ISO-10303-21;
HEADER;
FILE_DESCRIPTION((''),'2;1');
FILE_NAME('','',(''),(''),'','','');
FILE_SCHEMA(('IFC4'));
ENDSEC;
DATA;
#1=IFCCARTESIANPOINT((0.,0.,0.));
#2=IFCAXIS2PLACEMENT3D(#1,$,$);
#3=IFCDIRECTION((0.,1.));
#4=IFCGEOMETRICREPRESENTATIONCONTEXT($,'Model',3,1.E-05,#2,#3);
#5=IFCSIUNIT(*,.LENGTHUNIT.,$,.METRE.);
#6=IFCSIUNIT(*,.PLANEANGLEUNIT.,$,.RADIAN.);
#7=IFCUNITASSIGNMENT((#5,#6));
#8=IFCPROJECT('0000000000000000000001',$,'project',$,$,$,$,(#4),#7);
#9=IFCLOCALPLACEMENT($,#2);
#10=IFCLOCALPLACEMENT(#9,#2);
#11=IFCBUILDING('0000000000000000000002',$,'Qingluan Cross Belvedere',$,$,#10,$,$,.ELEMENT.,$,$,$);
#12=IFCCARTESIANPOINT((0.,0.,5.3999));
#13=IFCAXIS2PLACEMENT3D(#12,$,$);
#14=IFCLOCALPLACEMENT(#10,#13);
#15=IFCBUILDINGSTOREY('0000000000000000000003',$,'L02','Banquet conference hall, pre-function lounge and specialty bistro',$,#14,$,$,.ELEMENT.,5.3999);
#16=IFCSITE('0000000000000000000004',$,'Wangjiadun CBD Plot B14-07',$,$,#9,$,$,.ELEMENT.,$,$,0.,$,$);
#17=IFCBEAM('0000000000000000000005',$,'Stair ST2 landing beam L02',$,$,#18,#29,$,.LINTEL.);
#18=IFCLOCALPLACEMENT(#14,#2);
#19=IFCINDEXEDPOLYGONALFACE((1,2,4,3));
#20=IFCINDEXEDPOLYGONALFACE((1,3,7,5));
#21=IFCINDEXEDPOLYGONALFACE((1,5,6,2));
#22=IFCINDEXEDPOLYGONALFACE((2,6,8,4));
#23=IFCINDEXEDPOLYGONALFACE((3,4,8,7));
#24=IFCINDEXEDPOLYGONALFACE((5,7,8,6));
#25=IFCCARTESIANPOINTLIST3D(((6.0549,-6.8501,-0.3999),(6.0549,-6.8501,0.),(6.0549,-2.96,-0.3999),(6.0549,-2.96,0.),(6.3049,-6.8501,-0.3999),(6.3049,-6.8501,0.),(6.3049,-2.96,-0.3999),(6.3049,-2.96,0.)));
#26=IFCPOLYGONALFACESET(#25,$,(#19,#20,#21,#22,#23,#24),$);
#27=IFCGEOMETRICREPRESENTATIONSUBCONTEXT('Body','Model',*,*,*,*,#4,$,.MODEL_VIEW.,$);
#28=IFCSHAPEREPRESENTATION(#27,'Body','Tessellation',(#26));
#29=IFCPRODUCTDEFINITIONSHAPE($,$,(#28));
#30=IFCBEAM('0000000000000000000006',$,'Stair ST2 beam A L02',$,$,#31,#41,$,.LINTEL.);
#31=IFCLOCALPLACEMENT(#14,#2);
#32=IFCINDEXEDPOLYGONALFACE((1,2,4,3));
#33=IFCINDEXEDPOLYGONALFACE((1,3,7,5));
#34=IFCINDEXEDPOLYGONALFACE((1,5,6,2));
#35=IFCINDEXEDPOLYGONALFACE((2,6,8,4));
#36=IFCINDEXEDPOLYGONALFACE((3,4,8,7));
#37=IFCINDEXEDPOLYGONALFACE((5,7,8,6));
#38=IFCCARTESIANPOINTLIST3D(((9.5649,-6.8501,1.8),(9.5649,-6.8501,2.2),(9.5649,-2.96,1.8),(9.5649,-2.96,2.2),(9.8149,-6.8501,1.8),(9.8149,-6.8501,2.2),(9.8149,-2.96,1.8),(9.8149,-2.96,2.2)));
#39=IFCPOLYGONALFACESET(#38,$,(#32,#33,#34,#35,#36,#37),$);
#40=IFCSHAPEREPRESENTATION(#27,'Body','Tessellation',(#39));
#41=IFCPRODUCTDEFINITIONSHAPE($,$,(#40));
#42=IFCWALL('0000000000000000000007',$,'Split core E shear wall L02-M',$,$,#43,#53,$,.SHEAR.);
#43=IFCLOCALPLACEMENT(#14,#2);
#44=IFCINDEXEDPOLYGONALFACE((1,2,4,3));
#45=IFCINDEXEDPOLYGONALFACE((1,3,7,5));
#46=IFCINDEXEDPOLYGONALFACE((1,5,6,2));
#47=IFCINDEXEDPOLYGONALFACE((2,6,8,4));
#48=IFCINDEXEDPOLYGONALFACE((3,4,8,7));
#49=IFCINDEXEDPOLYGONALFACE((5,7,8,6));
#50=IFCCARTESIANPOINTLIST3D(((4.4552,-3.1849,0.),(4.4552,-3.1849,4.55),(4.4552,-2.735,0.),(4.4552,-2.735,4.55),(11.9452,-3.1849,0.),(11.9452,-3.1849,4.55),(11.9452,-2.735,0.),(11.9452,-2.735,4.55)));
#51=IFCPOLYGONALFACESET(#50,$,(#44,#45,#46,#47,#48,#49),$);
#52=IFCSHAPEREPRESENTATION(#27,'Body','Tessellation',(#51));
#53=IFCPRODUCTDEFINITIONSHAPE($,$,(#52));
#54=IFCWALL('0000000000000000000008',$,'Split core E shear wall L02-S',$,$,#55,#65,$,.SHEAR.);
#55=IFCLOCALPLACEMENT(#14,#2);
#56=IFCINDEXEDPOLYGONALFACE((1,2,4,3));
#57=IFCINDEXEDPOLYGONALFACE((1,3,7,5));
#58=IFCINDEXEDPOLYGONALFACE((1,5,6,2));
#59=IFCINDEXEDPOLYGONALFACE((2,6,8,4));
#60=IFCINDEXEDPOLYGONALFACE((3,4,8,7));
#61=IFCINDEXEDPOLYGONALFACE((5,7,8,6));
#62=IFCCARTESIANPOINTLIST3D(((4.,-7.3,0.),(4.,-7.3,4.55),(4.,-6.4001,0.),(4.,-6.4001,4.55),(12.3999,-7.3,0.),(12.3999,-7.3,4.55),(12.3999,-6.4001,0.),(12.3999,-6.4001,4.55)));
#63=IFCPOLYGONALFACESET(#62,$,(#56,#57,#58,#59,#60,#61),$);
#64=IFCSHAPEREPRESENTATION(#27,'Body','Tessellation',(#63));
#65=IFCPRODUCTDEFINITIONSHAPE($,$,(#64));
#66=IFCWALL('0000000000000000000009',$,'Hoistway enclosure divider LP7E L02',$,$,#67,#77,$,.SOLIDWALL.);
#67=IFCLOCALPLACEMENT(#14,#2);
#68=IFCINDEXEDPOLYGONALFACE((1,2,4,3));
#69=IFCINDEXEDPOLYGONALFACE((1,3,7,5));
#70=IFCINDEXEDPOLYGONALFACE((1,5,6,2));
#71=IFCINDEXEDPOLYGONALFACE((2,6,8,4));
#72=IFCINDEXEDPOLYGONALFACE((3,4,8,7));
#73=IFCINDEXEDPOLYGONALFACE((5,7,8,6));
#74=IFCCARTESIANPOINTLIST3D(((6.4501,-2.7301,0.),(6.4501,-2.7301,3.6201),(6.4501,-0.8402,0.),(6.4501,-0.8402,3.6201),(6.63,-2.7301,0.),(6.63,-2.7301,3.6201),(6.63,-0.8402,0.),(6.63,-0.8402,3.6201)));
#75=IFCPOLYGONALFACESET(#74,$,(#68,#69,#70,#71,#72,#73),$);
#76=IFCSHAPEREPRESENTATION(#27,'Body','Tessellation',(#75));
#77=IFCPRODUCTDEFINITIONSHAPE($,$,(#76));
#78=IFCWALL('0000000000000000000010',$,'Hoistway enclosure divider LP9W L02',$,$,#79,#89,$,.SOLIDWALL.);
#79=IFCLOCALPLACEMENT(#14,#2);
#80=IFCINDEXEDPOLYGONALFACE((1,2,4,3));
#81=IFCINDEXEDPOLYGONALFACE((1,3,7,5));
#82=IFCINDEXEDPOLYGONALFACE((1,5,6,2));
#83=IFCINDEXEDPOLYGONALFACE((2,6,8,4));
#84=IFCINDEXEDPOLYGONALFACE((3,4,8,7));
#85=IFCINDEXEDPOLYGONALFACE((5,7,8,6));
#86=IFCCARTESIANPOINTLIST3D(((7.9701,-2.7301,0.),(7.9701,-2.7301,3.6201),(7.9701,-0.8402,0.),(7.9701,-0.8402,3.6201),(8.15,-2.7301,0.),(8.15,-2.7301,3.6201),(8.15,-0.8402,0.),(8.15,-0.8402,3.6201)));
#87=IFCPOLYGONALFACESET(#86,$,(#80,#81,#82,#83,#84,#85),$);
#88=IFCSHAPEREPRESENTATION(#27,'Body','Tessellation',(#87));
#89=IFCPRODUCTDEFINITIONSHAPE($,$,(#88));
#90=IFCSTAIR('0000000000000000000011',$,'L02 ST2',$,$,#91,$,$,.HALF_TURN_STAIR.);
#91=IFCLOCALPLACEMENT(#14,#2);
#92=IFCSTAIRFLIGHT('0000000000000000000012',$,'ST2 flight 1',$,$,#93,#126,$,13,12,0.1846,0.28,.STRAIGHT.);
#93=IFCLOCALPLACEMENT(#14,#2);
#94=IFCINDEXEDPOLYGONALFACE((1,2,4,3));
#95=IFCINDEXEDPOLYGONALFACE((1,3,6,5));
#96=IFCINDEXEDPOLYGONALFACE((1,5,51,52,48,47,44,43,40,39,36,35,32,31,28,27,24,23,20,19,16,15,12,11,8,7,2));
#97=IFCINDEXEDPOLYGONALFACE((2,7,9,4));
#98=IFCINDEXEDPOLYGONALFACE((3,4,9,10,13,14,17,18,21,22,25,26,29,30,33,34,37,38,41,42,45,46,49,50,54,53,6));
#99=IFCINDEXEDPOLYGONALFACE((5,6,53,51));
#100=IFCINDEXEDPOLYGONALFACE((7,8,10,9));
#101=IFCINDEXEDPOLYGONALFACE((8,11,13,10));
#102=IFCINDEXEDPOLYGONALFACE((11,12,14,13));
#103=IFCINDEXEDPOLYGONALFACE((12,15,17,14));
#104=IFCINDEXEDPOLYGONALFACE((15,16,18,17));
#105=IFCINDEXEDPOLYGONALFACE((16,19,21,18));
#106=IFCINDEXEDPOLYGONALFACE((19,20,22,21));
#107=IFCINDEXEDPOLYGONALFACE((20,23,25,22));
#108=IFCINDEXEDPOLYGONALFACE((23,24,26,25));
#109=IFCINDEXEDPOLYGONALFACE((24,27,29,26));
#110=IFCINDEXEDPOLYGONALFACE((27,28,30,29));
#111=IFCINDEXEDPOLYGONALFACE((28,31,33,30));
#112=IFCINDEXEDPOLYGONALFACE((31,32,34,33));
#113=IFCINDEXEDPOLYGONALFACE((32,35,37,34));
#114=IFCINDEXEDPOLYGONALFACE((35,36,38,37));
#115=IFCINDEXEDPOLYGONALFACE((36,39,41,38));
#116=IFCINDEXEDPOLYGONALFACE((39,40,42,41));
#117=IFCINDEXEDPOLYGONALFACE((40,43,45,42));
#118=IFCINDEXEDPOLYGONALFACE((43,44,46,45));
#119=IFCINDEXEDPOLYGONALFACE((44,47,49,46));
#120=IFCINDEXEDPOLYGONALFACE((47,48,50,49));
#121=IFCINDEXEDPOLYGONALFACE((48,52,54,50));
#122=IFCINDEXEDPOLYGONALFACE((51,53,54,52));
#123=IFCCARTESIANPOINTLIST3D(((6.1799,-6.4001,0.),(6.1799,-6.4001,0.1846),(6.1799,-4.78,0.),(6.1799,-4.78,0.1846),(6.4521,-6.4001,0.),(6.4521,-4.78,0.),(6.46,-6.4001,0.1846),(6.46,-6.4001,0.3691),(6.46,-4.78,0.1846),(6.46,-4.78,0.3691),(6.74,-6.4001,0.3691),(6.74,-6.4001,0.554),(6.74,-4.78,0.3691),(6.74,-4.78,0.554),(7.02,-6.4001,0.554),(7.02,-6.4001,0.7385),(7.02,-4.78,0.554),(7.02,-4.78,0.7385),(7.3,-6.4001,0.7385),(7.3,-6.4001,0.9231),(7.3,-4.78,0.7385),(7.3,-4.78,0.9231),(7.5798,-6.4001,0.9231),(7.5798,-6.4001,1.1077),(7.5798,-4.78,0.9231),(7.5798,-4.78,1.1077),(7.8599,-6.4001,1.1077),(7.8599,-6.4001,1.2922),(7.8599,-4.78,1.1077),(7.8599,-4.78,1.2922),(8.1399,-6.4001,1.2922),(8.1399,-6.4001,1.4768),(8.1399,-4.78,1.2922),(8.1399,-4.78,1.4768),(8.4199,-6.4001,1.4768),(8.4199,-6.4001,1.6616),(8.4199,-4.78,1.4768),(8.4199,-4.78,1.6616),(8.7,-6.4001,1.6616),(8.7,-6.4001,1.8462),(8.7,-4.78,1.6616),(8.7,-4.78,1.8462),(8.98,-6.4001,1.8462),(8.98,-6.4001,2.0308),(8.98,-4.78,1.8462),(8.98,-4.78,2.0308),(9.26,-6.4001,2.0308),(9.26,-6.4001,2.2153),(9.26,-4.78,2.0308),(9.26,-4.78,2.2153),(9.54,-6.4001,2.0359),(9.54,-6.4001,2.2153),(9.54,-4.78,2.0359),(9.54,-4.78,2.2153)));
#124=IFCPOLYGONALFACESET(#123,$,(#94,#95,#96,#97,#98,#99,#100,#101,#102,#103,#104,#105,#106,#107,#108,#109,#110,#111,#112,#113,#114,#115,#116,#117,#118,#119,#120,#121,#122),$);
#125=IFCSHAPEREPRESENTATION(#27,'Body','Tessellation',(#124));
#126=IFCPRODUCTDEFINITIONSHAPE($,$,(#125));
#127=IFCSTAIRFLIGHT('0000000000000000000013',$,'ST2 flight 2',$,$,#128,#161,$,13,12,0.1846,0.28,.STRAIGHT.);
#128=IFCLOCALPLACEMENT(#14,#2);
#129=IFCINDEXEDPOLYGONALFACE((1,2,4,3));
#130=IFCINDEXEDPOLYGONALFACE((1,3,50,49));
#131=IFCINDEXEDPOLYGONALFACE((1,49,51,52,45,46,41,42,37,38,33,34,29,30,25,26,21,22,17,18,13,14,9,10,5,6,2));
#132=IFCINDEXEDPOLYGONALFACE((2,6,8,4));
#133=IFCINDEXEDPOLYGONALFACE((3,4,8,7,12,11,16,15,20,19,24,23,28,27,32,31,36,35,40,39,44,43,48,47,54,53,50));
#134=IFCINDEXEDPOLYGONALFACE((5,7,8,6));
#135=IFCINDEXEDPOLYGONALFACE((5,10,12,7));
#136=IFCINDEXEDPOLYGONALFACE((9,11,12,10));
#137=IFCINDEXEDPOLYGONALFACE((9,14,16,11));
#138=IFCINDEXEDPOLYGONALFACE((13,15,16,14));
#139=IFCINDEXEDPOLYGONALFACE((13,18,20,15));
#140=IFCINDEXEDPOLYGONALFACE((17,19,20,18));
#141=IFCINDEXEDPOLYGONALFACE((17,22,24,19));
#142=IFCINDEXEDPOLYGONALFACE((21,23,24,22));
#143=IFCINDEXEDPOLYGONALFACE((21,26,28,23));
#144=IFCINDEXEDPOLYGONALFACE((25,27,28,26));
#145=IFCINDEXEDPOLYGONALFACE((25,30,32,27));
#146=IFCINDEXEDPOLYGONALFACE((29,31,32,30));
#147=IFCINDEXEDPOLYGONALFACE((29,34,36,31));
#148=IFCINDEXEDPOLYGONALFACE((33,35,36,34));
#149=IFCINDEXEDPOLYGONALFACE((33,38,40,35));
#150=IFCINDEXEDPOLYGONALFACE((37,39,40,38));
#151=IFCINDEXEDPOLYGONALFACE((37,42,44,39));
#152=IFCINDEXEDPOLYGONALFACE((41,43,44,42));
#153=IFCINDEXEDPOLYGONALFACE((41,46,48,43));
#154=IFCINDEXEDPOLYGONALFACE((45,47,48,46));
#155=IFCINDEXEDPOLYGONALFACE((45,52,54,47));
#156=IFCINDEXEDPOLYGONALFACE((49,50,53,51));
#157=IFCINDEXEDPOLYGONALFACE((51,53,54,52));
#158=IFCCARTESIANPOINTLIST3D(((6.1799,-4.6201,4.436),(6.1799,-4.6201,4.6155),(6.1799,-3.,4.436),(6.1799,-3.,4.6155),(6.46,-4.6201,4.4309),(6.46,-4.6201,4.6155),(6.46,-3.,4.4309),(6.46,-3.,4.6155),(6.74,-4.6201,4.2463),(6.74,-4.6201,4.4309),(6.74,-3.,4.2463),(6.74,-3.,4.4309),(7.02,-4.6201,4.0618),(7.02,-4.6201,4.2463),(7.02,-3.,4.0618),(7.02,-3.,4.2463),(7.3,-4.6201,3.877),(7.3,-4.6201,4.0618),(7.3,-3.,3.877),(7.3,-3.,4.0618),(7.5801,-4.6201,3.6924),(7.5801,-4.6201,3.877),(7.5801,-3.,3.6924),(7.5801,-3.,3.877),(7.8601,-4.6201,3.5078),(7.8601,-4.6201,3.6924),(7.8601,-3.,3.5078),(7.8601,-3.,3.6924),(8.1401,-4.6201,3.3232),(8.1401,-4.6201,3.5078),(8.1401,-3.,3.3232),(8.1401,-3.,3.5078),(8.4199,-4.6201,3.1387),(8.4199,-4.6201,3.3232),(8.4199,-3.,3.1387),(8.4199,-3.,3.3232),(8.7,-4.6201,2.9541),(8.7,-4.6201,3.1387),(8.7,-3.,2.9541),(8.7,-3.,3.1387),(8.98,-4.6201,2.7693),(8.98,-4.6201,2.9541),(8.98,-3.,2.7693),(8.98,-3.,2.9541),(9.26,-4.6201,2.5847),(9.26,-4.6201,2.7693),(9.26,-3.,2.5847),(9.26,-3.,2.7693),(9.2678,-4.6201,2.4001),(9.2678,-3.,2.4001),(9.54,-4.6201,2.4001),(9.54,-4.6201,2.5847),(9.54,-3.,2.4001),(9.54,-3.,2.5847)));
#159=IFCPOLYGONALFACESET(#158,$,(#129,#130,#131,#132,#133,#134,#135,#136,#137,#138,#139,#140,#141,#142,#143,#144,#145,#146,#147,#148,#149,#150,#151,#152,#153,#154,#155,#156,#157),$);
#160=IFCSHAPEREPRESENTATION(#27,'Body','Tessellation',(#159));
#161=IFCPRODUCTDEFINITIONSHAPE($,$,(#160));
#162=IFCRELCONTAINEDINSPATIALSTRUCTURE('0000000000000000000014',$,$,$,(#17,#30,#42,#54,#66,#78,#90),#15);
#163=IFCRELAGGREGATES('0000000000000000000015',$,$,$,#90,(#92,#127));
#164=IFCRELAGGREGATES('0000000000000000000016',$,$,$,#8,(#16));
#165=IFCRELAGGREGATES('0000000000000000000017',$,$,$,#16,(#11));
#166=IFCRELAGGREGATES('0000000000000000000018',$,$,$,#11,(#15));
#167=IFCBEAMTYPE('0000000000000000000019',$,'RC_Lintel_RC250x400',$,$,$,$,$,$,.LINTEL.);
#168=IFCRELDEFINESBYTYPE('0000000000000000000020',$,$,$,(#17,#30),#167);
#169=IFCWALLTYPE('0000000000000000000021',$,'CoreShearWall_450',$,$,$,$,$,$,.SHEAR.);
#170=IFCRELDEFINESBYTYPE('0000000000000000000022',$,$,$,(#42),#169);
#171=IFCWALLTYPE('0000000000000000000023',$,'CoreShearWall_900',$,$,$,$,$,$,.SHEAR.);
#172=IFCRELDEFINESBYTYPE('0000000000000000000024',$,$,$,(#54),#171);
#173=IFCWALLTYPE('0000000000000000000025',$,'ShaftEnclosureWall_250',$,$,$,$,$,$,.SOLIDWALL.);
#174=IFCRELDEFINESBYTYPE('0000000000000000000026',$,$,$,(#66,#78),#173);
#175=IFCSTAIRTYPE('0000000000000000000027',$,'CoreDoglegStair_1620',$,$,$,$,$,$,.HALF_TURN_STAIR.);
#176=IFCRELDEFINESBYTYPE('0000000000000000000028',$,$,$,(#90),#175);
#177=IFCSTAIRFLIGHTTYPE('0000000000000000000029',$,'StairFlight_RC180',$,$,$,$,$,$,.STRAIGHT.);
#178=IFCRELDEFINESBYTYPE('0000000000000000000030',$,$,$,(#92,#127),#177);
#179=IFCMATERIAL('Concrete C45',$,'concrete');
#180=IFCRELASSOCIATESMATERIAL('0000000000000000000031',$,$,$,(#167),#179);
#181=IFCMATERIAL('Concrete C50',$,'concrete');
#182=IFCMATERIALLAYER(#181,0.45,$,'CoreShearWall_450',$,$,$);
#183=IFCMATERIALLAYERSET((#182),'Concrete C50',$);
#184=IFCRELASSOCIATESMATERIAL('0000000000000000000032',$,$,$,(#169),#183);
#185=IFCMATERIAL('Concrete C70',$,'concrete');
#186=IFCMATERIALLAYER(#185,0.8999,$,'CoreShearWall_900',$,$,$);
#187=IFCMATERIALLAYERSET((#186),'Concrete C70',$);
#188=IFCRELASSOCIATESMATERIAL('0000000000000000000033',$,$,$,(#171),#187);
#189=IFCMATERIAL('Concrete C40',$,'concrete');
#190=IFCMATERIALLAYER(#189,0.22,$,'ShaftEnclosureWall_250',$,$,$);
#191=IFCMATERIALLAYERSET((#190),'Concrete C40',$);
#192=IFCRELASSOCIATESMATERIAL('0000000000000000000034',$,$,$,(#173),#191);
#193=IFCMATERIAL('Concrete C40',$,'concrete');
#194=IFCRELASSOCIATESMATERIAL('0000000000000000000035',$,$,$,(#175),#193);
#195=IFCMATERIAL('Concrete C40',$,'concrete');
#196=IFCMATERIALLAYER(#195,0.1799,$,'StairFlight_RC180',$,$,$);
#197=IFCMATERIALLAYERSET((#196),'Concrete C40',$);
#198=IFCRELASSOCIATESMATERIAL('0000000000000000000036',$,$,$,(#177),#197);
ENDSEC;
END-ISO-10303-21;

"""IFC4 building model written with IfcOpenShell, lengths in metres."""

from ifc_helpers import new_model, si_unit, direction, frame, frame_2d, origin, origin_2d, place, context, subcontext, project, spatial, polyline, rectangle, outline, extrude, material, layer, layer_set, material_profile, profile_set, type_object, element, aggregate, save


model = new_model("IFC4")

# Units and contexts
model_context = context("Model", 3, precision=1e-05, world=origin(), true_north=direction((0.0, 1.0)))
body_context = subcontext(model_context, "Body", "Model", "MODEL_VIEW")
ifc_project = project(units=[si_unit("LENGTHUNIT", "METRE"), si_unit("PLANEANGLEUNIT", "RADIAN")], contexts=[model_context])

# Site, building, storey
site_placement = place(None, origin())
site = spatial("IfcSite", under=ifc_project, at=site_placement, Name="Wangjiadun CBD Plot B14-07", CompositionType="ELEMENT", RefElevation=0.0)
building_placement = place(site_placement, origin())
building = spatial("IfcBuilding", under=site, at=building_placement, Name="Qingluan Cross Belvedere", CompositionType="ELEMENT")
storey_placement = place(building_placement, frame((0.0, 0.0, 5.3999)))
storey = spatial("IfcBuildingStorey", under=building, at=storey_placement, Name="L02", Description="Banquet conference hall, pre-function lounge and specialty bistro", CompositionType="ELEMENT", Elevation=5.3999)

# Beams
ifc_material_1 = material(Name="Concrete C45", Category="concrete")
ifc_material_profile = material_profile(ifc_material_1, rectangle(XDim=0.25, YDim=0.3999, at=origin_2d()), Name="RC250x400")
ifc_profile_set = profile_set([ifc_material_profile], Name="Concrete C45")
beam_type = type_object("IfcBeamType", Name="RC_Lintel_RC250x400", PredefinedType="LINTEL", material=ifc_profile_set)
for number, where, z_axis, x_axis, name in (
    (1, (6.1799, -6.8501, -0.2), (0.0, 1.0, 0.0), (-1.0, 0.0, 0.0), "Stair ST2 landing beam L02"),
    (2, (9.6899, -6.8501, 2.0), (0.0, 1.0, 0.0), (-1.0, 0.0, 0.0), "Stair ST2 beam A L02"),
):
    element("IfcBeam", number, at=place(storey_placement, frame(where, z_axis=z_axis, x_axis=x_axis)), inside=storey, type_object=beam_type, Name=name, PredefinedType="LINTEL", context=body_context, shape_type="SweptSolid", body=[
        extrude(rectangle(XDim=0.25, YDim=0.3999, at=origin_2d()), origin(), (0.0, 0.0, 1.0), 3.8901),
    ])

# Walls
ifc_material_2 = material(Name="Concrete C50", Category="concrete")
ifc_layer_1 = layer(ifc_material_2, 0.45, Name="CoreShearWall_450")
ifc_layer_set_1 = layer_set([ifc_layer_1], Name="Concrete C50")
wall_type_1 = type_object("IfcWallType", Name="CoreShearWall_450", PredefinedType="SHEAR", material=ifc_layer_set_1)
wall_1_placement = place(storey_placement, frame((4.4551, -2.96, 0.0), z_axis=(0.0, 0.0, 1.0), x_axis=(1.0, 0.0, 0.0)))
element("IfcWall", 3, at=wall_1_placement, inside=storey, type_object=wall_type_1, Name="Split core E shear wall L02-M", PredefinedType="SHEAR", context=body_context, shape_type="SweptSolid", body=[
    extrude(rectangle(XDim=7.49, YDim=0.45, at=frame_2d((3.7451, 0.0))), origin(), (0.0, 0.0, 1.0), 4.55),
])
ifc_material_3 = material(Name="Concrete C70", Category="concrete")
ifc_layer_2 = layer(ifc_material_3, 0.8999, Name="CoreShearWall_900")
ifc_layer_set_2 = layer_set([ifc_layer_2], Name="Concrete C70")
wall_type_2 = type_object("IfcWallType", Name="CoreShearWall_900", PredefinedType="SHEAR", material=ifc_layer_set_2)
wall_2_placement = place(storey_placement, frame((4.0, -6.8501, 0.0), z_axis=(0.0, 0.0, 1.0), x_axis=(1.0, 0.0, 0.0)))
element("IfcWall", 4, at=wall_2_placement, inside=storey, type_object=wall_type_2, Name="Split core E shear wall L02-S", PredefinedType="SHEAR", context=body_context, shape_type="SweptSolid", body=[
    extrude(rectangle(XDim=8.3999, YDim=0.8999, at=frame_2d((4.2, 0.0))), origin(), (0.0, 0.0, 1.0), 4.55),
])

# Walls
ifc_material_4 = material(Name="Concrete C40", Category="concrete")
ifc_layer_3 = layer(ifc_material_4, 0.22, Name="ShaftEnclosureWall_250")
ifc_layer_set_3 = layer_set([ifc_layer_3], Name="Concrete C40")
wall_type_3 = type_object("IfcWallType", Name="ShaftEnclosureWall_250", PredefinedType="SOLIDWALL", material=ifc_layer_set_3)
for number, where, z_axis, x_axis, name in (
    (5, (6.54, -2.73, 0.0), (0.0, 0.0, 1.0), (0.0, 1.0, 0.0), "Hoistway enclosure divider LP7E L02"),
    (6, (8.0601, -2.73, 0.0), (0.0, 0.0, 1.0), (0.0, 1.0, 0.0), "Hoistway enclosure divider LP9W L02"),
):
    element("IfcWall", number, at=place(storey_placement, frame(where, z_axis=z_axis, x_axis=x_axis)), inside=storey, type_object=wall_type_3, Name=name, PredefinedType="SOLIDWALL", context=body_context, shape_type="SweptSolid", body=[
        extrude(rectangle(XDim=1.8899, YDim=0.1799, at=frame_2d((0.9448, 0.0))), origin(), (0.0, 0.0, 1.0), 3.6201),
    ])

# Stair, stair flights
ifc_material_5 = material(Name="Concrete C40", Category="concrete")
stair_type = type_object("IfcStairType", Name="CoreDoglegStair_1620", PredefinedType="HALF_TURN_STAIR", material=ifc_material_5)
stair_1_placement = place(storey_placement, origin())
stair_1 = element("IfcStair", 7, at=stair_1_placement, inside=storey, type_object=stair_type, Name="L02 ST2", PredefinedType="HALF_TURN_STAIR")
ifc_material_6 = material(Name="Concrete C40", Category="concrete")
ifc_layer_4 = layer(ifc_material_6, 0.1799, Name="StairFlight_RC180")
ifc_layer_set_4 = layer_set([ifc_layer_4], Name="Concrete C40")
stair_flight_type = type_object("IfcStairFlightType", Name="StairFlight_RC180", PredefinedType="STRAIGHT", material=ifc_layer_set_4)
stair_flight_1_placement = place(storey_placement, frame((6.1799, -5.5901, 0.0), z_axis=(0.0, 0.0, 1.0), x_axis=(1.0, 0.0, 0.0)))
stair_flight_1 = element("IfcStairFlight", 8, at=stair_flight_1_placement, type_object=stair_flight_type, Name="ST2 flight 1", NumberOfRisers=13, NumberOfTreads=12, PredefinedType="STRAIGHT", RiserHeight=0.1846, TreadLength=0.28, context=body_context, shape_type="SweptSolid", body=[
    extrude(outline(polyline([(0.0, 0.0), (0.0, 0.1846), (0.28, 0.1846), (0.28, 0.3691), (0.5601, 0.3691), (0.5601, 0.554), (0.8401, 0.554), (0.8401, 0.7385), (1.1201, 0.7385), (1.1201, 0.9231), (1.3999, 0.9231), (1.3999, 1.1077), (1.6799, 1.1077), (1.6799, 1.2922), (1.96, 1.2922), (1.96, 1.4768), (2.24, 1.4768), (2.24, 1.6616), (2.52, 1.6616), (2.52, 1.8462), (2.8, 1.8462), (2.8, 2.0308), (3.0801, 2.0308), (3.0801, 2.2153), (3.3601, 2.2153), (3.3601, 2.3999), (3.3601, 2.0359), (0.2722, 0.0), (0.0, 0.0)])), frame((0.0, 0.8101, 0.0), z_axis=(0.0, -1.0, 0.0), x_axis=(1.0, 0.0, 0.0)), (0.0, 0.0, 1.0), 1.6201),
])
stair_flight_2_placement = place(storey_placement, frame((9.54, -3.8101, 2.4001), z_axis=(0.0, 0.0, 1.0), x_axis=(-1.0, 0.0, 0.0)))
stair_flight_2 = element("IfcStairFlight", 9, at=stair_flight_2_placement, type_object=stair_flight_type, Name="ST2 flight 2", NumberOfRisers=13, NumberOfTreads=12, PredefinedType="STRAIGHT", RiserHeight=0.1846, TreadLength=0.28, context=body_context, shape_type="SweptSolid", body=[
    extrude(outline(polyline([(0.0, 0.0), (0.0, 0.1846), (0.28, 0.1846), (0.28, 0.3691), (0.5601, 0.3691), (0.5601, 0.554), (0.8401, 0.554), (0.8401, 0.7385), (1.1201, 0.7385), (1.1201, 0.9231), (1.3999, 0.9231), (1.3999, 1.1077), (1.6799, 1.1077), (1.6799, 1.2922), (1.96, 1.2922), (1.96, 1.4768), (2.24, 1.4768), (2.24, 1.6616), (2.52, 1.6616), (2.52, 1.8462), (2.8, 1.8462), (2.8, 2.0308), (3.0801, 2.0308), (3.0801, 2.2153), (3.3601, 2.2153), (3.3601, 2.3999), (3.3601, 2.0359), (0.2722, 0.0), (0.0, 0.0)])), frame((0.0, 0.8101, 0.0), z_axis=(0.0, -1.0, 0.0), x_axis=(1.0, 0.0, 0.0)), (0.0, 0.0, 1.0), 1.6201),
])
aggregate(stair_1, [stair_flight_1, stair_flight_2])

save(model, "model.ifc")
